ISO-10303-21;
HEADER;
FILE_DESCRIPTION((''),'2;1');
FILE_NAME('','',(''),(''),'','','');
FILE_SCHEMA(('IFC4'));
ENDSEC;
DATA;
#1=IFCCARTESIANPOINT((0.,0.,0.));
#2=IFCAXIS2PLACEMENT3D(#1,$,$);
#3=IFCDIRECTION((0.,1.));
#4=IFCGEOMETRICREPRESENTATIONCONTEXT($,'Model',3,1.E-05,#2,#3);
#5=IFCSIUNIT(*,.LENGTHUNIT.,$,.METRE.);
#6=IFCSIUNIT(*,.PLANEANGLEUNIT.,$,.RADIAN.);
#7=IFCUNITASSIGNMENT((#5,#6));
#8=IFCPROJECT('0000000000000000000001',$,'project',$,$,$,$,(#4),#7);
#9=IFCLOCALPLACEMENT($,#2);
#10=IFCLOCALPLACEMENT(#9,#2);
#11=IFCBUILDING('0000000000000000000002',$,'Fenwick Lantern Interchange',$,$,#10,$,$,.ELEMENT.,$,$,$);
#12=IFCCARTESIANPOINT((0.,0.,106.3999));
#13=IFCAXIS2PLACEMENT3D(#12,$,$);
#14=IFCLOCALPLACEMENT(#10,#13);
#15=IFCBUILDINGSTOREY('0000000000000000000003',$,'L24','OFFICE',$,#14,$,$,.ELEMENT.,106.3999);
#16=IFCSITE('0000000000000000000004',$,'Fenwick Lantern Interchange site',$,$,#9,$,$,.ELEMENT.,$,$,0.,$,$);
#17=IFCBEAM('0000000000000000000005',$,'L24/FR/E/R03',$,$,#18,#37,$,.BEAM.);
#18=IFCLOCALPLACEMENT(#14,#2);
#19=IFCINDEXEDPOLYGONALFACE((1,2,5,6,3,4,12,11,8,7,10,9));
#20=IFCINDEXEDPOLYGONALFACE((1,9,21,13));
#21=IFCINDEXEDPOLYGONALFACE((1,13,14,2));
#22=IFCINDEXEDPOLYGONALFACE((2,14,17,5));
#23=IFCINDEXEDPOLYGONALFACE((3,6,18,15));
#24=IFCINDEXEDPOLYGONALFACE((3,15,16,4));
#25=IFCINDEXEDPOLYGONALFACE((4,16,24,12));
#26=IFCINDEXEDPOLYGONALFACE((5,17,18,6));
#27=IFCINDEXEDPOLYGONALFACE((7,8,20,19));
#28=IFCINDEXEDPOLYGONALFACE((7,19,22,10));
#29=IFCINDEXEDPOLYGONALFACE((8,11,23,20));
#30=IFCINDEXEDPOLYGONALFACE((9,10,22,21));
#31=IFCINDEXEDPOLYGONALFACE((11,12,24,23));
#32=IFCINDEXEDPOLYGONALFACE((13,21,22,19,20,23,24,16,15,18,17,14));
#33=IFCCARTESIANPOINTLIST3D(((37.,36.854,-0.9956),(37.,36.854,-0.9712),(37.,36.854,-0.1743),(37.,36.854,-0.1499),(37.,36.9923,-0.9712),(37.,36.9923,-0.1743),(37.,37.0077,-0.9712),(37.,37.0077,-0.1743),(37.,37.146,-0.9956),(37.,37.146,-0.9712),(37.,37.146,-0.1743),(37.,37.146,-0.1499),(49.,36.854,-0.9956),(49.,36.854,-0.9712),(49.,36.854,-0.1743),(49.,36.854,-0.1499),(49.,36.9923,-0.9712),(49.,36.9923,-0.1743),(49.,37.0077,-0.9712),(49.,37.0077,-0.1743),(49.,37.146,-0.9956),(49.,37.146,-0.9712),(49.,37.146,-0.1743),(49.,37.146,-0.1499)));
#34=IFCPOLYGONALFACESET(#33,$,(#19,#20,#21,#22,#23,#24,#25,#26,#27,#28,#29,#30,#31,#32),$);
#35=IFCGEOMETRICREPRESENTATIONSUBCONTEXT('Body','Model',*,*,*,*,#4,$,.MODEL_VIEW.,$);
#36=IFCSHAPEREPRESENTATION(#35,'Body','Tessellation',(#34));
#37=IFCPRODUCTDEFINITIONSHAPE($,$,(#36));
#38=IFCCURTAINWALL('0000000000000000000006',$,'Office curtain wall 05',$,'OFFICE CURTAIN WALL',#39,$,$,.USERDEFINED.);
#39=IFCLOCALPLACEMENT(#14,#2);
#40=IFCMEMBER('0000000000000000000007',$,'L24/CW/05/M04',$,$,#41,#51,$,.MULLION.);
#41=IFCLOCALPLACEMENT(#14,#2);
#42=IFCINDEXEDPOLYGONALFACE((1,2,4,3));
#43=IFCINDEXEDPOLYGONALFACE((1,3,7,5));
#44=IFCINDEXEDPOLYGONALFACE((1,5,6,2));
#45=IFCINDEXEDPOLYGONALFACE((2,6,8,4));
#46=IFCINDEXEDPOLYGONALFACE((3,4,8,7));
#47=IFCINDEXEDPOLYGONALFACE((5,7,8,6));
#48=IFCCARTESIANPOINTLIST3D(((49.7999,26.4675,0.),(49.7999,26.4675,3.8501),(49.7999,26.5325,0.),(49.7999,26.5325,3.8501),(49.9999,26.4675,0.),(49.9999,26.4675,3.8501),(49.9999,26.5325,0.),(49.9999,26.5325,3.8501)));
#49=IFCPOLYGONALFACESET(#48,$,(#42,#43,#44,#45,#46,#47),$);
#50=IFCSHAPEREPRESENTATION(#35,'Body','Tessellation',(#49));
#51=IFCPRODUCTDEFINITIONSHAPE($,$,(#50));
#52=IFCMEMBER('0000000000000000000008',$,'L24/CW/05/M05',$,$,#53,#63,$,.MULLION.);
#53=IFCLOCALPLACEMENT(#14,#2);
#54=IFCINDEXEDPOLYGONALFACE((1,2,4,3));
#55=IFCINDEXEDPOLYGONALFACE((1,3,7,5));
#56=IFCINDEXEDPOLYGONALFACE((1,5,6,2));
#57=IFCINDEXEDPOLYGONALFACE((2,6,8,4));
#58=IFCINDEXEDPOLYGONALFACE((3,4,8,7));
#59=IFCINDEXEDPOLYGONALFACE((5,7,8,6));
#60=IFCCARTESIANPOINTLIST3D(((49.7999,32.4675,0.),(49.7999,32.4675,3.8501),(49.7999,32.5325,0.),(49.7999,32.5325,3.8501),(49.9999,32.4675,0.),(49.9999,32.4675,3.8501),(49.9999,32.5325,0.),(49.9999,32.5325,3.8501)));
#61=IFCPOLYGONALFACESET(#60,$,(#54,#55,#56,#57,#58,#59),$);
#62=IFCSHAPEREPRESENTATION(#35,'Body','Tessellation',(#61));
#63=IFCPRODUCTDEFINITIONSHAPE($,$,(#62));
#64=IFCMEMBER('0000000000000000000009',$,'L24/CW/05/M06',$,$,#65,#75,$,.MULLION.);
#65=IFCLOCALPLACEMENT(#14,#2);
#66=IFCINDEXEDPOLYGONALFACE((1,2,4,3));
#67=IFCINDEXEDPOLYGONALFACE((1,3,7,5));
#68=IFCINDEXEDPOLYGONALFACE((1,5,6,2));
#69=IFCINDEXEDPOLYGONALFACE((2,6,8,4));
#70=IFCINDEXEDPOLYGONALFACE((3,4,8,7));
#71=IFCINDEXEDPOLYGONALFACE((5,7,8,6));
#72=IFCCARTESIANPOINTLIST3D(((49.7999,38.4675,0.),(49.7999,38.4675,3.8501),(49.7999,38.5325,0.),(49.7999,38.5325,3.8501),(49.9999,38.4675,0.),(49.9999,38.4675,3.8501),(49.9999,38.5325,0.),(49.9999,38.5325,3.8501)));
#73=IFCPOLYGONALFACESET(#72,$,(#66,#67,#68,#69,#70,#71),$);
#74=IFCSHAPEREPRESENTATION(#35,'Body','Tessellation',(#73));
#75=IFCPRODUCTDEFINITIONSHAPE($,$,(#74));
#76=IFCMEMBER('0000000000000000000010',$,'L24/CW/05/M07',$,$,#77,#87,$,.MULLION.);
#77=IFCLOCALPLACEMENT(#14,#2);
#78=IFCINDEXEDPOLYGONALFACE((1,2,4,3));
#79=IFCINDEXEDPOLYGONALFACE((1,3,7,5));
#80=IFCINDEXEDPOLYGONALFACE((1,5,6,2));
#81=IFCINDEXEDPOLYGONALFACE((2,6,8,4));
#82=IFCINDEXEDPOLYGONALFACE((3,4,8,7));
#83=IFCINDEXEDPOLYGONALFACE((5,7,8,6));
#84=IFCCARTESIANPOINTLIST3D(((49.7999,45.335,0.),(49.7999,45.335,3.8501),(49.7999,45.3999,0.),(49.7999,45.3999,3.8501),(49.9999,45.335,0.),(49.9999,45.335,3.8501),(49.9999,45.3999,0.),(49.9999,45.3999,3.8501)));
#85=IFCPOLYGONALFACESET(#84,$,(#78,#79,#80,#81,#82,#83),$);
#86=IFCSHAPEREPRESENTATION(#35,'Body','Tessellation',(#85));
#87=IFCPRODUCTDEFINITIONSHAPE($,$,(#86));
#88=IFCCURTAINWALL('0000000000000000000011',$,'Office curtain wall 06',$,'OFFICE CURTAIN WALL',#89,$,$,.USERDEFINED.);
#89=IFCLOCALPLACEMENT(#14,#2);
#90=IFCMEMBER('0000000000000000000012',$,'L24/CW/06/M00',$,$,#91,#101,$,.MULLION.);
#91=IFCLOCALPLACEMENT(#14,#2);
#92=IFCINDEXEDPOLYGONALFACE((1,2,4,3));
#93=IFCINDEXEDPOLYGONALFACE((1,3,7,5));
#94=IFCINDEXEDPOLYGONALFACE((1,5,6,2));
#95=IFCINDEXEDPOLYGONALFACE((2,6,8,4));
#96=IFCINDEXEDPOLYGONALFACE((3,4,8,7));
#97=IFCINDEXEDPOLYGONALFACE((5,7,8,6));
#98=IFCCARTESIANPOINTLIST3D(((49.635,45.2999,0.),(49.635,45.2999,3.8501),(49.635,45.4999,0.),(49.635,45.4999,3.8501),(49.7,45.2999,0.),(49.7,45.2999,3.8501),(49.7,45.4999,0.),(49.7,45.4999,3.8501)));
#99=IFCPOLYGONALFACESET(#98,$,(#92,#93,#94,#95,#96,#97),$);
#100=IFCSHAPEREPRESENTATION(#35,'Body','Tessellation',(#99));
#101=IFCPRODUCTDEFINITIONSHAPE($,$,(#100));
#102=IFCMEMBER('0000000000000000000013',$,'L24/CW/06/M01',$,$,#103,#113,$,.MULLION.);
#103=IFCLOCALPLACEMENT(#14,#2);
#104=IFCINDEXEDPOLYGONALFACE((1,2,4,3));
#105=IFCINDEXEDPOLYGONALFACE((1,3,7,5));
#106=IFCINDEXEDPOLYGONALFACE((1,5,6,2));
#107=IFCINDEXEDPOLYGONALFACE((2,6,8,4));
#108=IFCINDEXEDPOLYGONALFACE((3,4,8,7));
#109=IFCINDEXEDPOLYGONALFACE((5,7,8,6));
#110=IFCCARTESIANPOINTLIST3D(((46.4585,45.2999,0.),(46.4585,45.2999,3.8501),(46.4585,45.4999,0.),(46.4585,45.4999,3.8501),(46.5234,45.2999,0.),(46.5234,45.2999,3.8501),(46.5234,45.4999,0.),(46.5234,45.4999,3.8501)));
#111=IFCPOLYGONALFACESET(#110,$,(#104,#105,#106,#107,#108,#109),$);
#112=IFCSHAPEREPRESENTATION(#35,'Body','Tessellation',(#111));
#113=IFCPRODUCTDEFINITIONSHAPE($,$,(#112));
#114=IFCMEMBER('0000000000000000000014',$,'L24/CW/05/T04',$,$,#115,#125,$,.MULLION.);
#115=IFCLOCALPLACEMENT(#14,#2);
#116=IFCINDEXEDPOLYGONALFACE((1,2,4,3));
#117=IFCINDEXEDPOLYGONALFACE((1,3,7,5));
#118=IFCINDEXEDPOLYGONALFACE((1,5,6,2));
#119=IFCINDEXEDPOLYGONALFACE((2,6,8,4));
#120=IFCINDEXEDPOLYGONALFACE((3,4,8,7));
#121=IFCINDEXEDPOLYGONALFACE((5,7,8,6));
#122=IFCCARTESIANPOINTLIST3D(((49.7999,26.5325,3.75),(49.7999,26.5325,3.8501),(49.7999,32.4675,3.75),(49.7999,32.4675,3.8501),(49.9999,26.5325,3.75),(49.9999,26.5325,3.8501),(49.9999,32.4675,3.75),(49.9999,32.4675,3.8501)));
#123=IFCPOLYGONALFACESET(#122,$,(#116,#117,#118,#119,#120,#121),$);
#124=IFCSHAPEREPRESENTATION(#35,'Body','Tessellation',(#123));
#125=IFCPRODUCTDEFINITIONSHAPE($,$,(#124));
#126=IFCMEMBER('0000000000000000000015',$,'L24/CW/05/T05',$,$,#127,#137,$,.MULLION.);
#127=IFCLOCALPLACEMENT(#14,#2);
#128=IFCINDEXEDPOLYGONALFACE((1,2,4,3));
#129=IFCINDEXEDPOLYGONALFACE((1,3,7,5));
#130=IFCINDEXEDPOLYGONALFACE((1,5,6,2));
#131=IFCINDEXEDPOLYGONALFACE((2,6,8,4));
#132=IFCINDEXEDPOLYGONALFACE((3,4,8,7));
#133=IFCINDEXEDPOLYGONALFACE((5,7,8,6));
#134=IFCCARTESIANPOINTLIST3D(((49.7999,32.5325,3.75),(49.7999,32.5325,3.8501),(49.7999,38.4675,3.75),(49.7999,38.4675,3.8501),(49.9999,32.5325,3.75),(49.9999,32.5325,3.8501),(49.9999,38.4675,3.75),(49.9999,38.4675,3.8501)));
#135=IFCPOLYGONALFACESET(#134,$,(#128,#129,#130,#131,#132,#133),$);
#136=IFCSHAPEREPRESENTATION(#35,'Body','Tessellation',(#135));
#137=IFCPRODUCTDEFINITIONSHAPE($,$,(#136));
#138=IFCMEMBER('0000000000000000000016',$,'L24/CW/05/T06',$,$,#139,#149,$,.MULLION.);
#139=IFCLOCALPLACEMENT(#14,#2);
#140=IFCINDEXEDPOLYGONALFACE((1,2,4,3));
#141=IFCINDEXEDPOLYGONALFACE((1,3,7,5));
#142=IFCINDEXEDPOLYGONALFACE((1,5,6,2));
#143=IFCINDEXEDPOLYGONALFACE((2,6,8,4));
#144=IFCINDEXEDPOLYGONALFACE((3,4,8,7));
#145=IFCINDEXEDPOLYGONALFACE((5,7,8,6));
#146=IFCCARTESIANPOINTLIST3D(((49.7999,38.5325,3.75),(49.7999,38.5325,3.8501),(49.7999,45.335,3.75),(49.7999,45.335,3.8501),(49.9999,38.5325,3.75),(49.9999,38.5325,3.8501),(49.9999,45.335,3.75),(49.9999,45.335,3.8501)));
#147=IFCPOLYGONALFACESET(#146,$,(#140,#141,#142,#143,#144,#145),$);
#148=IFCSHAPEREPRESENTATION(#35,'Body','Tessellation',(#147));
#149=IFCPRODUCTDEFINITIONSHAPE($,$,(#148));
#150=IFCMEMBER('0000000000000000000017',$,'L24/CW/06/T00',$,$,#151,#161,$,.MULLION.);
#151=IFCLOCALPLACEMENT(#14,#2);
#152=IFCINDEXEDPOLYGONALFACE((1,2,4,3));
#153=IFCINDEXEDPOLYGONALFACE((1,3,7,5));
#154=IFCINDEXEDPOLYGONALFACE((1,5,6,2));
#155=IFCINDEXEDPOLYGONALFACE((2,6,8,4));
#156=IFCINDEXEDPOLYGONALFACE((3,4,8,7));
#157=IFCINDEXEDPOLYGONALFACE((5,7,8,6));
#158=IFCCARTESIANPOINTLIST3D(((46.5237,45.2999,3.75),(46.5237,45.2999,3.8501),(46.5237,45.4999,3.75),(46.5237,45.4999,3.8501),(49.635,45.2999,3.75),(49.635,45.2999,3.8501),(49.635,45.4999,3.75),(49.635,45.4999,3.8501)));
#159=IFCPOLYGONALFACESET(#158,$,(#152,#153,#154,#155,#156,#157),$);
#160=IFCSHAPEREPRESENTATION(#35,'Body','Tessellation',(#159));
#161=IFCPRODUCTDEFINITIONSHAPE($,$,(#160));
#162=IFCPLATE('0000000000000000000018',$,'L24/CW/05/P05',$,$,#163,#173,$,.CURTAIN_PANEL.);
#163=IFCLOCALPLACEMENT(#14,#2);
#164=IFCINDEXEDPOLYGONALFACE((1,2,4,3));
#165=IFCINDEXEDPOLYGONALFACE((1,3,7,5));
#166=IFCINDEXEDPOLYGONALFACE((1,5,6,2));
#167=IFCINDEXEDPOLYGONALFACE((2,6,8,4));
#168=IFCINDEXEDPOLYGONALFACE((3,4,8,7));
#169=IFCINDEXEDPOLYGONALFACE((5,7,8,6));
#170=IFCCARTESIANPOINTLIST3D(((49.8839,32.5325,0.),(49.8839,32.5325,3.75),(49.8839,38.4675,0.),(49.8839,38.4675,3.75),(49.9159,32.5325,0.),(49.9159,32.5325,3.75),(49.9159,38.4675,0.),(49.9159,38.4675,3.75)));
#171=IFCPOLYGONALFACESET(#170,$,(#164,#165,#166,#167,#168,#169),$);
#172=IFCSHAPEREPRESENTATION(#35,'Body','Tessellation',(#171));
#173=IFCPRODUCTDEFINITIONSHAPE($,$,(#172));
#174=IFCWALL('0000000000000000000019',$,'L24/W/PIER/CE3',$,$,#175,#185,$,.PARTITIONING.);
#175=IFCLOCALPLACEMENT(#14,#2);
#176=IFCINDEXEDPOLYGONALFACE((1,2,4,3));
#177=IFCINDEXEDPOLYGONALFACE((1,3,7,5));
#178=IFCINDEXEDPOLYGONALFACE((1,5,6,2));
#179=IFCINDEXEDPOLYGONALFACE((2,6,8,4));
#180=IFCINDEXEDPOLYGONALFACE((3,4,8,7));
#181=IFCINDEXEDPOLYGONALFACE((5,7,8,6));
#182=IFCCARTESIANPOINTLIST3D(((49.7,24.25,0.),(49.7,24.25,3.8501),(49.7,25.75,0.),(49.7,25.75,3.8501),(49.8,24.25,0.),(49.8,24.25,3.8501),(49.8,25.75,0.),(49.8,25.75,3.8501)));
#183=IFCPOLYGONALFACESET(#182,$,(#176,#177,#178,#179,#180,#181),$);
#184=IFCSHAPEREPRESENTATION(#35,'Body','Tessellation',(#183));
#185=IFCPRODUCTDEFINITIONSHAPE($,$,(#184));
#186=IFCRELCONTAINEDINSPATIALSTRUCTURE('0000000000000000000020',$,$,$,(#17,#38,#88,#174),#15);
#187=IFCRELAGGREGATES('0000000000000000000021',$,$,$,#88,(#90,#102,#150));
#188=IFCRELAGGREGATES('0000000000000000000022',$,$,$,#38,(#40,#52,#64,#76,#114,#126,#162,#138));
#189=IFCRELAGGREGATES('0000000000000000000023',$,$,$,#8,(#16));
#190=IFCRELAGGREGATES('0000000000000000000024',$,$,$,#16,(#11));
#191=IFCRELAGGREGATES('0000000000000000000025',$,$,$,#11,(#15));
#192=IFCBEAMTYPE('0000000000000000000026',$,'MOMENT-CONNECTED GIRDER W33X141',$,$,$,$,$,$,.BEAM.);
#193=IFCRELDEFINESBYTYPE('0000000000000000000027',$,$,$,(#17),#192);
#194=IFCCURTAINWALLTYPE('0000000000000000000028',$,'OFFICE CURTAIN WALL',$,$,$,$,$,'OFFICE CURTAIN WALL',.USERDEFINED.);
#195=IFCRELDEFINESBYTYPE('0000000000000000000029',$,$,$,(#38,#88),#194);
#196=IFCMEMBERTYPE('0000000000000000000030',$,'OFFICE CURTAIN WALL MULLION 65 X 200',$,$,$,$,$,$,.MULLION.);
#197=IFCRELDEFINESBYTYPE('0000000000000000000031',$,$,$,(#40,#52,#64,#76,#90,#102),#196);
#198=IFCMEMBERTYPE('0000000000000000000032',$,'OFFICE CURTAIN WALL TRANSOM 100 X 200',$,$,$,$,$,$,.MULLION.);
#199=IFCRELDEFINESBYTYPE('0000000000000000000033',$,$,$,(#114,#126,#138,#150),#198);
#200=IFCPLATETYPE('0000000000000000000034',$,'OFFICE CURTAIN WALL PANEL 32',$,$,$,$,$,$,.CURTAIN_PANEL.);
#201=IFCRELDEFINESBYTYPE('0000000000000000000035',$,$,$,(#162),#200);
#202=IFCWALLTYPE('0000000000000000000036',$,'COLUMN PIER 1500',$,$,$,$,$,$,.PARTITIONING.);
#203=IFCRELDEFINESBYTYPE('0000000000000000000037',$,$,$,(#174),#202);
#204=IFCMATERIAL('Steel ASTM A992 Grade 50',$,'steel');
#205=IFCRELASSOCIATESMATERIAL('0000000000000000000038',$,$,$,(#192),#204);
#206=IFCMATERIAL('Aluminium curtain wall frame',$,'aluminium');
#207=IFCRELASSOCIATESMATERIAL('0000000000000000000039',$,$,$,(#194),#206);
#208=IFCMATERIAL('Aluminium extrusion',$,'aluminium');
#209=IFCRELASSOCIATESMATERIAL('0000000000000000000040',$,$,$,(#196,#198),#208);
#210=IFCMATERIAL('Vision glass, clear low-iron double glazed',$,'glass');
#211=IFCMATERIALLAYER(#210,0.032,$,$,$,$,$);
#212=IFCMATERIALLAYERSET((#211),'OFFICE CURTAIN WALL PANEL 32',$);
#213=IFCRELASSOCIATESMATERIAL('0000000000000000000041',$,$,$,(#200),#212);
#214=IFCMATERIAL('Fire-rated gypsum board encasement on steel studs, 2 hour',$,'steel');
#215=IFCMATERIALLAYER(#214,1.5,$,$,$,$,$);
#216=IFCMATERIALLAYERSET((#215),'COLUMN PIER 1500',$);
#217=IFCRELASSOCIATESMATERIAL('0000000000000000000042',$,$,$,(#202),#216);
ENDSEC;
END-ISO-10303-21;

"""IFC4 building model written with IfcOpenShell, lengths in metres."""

from ifc_helpers import new_model, si_unit, direction, frame, frame_2d, origin, origin_2d, place, context, subcontext, project, spatial, rectangle, i_section, extrude, material, layer, layer_set, material_profile, profile_set, type_object, element, aggregate, save


model = new_model("IFC4")

# Units and contexts
model_context = context("Model", 3, precision=1e-05, world=origin(), true_north=direction((0.0, 1.0)))
body_context = subcontext(model_context, "Body", "Model", "MODEL_VIEW")
ifc_project = project(units=[si_unit("LENGTHUNIT", "METRE"), si_unit("PLANEANGLEUNIT", "RADIAN")], contexts=[model_context])

# Site, building, storey
site_placement = place(None, origin())
site = spatial("IfcSite", under=ifc_project, at=site_placement, Name="Fenwick Lantern Interchange site", CompositionType="ELEMENT", RefElevation=0.0)
building_placement = place(site_placement, origin())
building = spatial("IfcBuilding", under=site, at=building_placement, Name="Fenwick Lantern Interchange", CompositionType="ELEMENT")
storey_placement = place(building_placement, frame((0.0, 0.0, 106.3999)))
storey = spatial("IfcBuildingStorey", under=building, at=storey_placement, Name="L24", Description="OFFICE", CompositionType="ELEMENT", Elevation=106.3999)

# Shared definitions
ifc_material_1 = material(Name="Steel ASTM A992 Grade 50", Category="steel")

# Beam
ifc_material_profile_1 = material_profile(ifc_material_1, i_section(OverallWidth=0.292, OverallDepth=0.8457, WebThickness=0.0154, FlangeThickness=0.0244, at=origin_2d()), Name="W33X141")
ifc_profile_set_1 = profile_set([ifc_material_profile_1], Name="Steel ASTM A992 Grade 50")
beam_type_1 = type_object("IfcBeamType", Name="MOMENT-CONNECTED GIRDER W33X141", PredefinedType="BEAM", material=ifc_profile_set_1)
beam_1_placement = place(storey_placement, frame((49.0, 37.0, -0.5728), z_axis=(-1.0, 0.0, 0.0), x_axis=(0.0, -1.0, 0.0)))
element("IfcBeam", 1, at=beam_1_placement, inside=storey, type_object=beam_type_1, Name="L24/FR/E/R03", PredefinedType="BEAM", context=body_context, shape_type="SweptSolid", body=[
    extrude(i_section(OverallWidth=0.292, OverallDepth=0.8457, WebThickness=0.0154, FlangeThickness=0.0244, at=origin_2d()), origin(), (0.0, 0.0, 1.0), 12.0),
])

# Curtain walls, members
ifc_material_2 = material(Name="Aluminium curtain wall frame", Category="aluminium")
curtain_wall_type = type_object("IfcCurtainWallType", Name="OFFICE CURTAIN WALL", ElementType="OFFICE CURTAIN WALL", PredefinedType="USERDEFINED", material=ifc_material_2)
curtain_wall_1_placement = place(storey_placement, origin())
curtain_wall_1 = element("IfcCurtainWall", 2, at=curtain_wall_1_placement, inside=storey, type_object=curtain_wall_type, Name="Office curtain wall 05", ObjectType="OFFICE CURTAIN WALL", PredefinedType="USERDEFINED")
ifc_material_3 = material(Name="Aluminium extrusion", Category="aluminium")
ifc_material_profile_2 = material_profile(ifc_material_3, rectangle(XDim=0.2, YDim=0.0649, at=origin_2d()), Name="OFFICE CURTAIN WALL MULLION 65 X 200")
ifc_profile_set_2 = profile_set([ifc_material_profile_2], Name="Aluminium extrusion")
member_type_1 = type_object("IfcMemberType", Name="OFFICE CURTAIN WALL MULLION 65 X 200", PredefinedType="MULLION", material=ifc_profile_set_2)
member_1_placement = place(storey_placement, frame((49.8999, 26.5, 0.0), z_axis=(0.0, 0.0, 1.0), x_axis=(-1.0, 0.0, 0.0)))
member_1 = element("IfcMember", 3, at=member_1_placement, type_object=member_type_1, Name="L24/CW/05/M04", PredefinedType="MULLION", context=body_context, shape_type="SweptSolid", body=[
    extrude(rectangle(XDim=0.2, YDim=0.0649, at=origin_2d()), origin(), (0.0, 0.0, 1.0), 3.8501),
])
member_2_placement = place(storey_placement, frame((49.8999, 32.5, 0.0), z_axis=(0.0, 0.0, 1.0), x_axis=(-1.0, 0.0, 0.0)))
member_2 = element("IfcMember", 4, at=member_2_placement, type_object=member_type_1, Name="L24/CW/05/M05", PredefinedType="MULLION", context=body_context, shape_type="SweptSolid", body=[
    extrude(rectangle(XDim=0.2, YDim=0.0649, at=origin_2d()), origin(), (0.0, 0.0, 1.0), 3.8501),
])
member_3_placement = place(storey_placement, frame((49.8999, 38.5, 0.0), z_axis=(0.0, 0.0, 1.0), x_axis=(-1.0, 0.0, 0.0)))
member_3 = element("IfcMember", 5, at=member_3_placement, type_object=member_type_1, Name="L24/CW/05/M06", PredefinedType="MULLION", context=body_context, shape_type="SweptSolid", body=[
    extrude(rectangle(XDim=0.2, YDim=0.0649, at=origin_2d()), origin(), (0.0, 0.0, 1.0), 3.8501),
])
member_4_placement = place(storey_placement, frame((49.8999, 45.3674, 0.0), z_axis=(0.0, 0.0, 1.0), x_axis=(-1.0, 0.0, 0.0)))
member_4 = element("IfcMember", 6, at=member_4_placement, type_object=member_type_1, Name="L24/CW/05/M07", PredefinedType="MULLION", context=body_context, shape_type="SweptSolid", body=[
    extrude(rectangle(XDim=0.2, YDim=0.0649, at=origin_2d()), origin(), (0.0, 0.0, 1.0), 3.8501),
])
curtain_wall_2_placement = place(storey_placement, origin())
curtain_wall_2 = element("IfcCurtainWall", 7, at=curtain_wall_2_placement, inside=storey, type_object=curtain_wall_type, Name="Office curtain wall 06", ObjectType="OFFICE CURTAIN WALL", PredefinedType="USERDEFINED")
member_5_placement = place(storey_placement, frame((49.6675, 45.3999, 0.0), z_axis=(0.0, 0.0, 1.0), x_axis=(0.0, -1.0, 0.0)))
member_5 = element("IfcMember", 8, at=member_5_placement, type_object=member_type_1, Name="L24/CW/06/M00", PredefinedType="MULLION", context=body_context, shape_type="SweptSolid", body=[
    extrude(rectangle(XDim=0.2, YDim=0.0649, at=origin_2d()), origin(), (0.0, 0.0, 1.0), 3.8501),
])
member_6_placement = place(storey_placement, frame((46.491, 45.3999, 0.0), z_axis=(0.0, 0.0, 1.0), x_axis=(0.0, -1.0, 0.0)))
member_6 = element("IfcMember", 9, at=member_6_placement, type_object=member_type_1, Name="L24/CW/06/M01", PredefinedType="MULLION", context=body_context, shape_type="SweptSolid", body=[
    extrude(rectangle(XDim=0.2, YDim=0.0649, at=origin_2d()), origin(), (0.0, 0.0, 1.0), 3.8501),
])

# Members
ifc_material_profile_3 = material_profile(ifc_material_3, rectangle(XDim=0.2, YDim=0.1001, at=origin_2d()), Name="OFFICE CURTAIN WALL TRANSOM 100 X 200")
ifc_profile_set_3 = profile_set([ifc_material_profile_3], Name="Aluminium extrusion")
member_type_2 = type_object("IfcMemberType", Name="OFFICE CURTAIN WALL TRANSOM 100 X 200", PredefinedType="MULLION", material=ifc_profile_set_3)
member_7_placement = place(storey_placement, frame((49.8999, 26.5325, 3.8), z_axis=(0.0, 1.0, 0.0), x_axis=(-1.0, 0.0, 0.0)))
member_7 = element("IfcMember", 10, at=member_7_placement, type_object=member_type_2, Name="L24/CW/05/T04", PredefinedType="MULLION", context=body_context, shape_type="SweptSolid", body=[
    extrude(rectangle(XDim=0.2, YDim=0.1001, at=origin_2d()), origin(), (0.0, 0.0, 1.0), 5.9351),
])
member_8_placement = place(storey_placement, frame((49.8999, 32.5325, 3.8), z_axis=(0.0, 1.0, 0.0), x_axis=(-1.0, 0.0, 0.0)))
member_8 = element("IfcMember", 11, at=member_8_placement, type_object=member_type_2, Name="L24/CW/05/T05", PredefinedType="MULLION", context=body_context, shape_type="SweptSolid", body=[
    extrude(rectangle(XDim=0.2, YDim=0.1001, at=origin_2d()), origin(), (0.0, 0.0, 1.0), 5.9351),
])
member_9_placement = place(storey_placement, frame((49.8999, 38.5325, 3.8), z_axis=(0.0, 1.0, 0.0), x_axis=(-1.0, 0.0, 0.0)))
member_9 = element("IfcMember", 12, at=member_9_placement, type_object=member_type_2, Name="L24/CW/05/T06", PredefinedType="MULLION", context=body_context, shape_type="SweptSolid", body=[
    extrude(rectangle(XDim=0.2, YDim=0.1001, at=origin_2d()), origin(), (0.0, 0.0, 1.0), 6.8025),
])
member_10_placement = place(storey_placement, frame((49.635, 45.3999, 3.8), z_axis=(-1.0, 0.0, 0.0), x_axis=(0.0, -1.0, 0.0)))
member_10 = element("IfcMember", 13, at=member_10_placement, type_object=member_type_2, Name="L24/CW/06/T00", PredefinedType="MULLION", context=body_context, shape_type="SweptSolid", body=[
    extrude(rectangle(XDim=0.2, YDim=0.1001, at=origin_2d()), origin(), (0.0, 0.0, 1.0), 3.1113),
])
aggregate(curtain_wall_2, [member_5, member_6, member_10])

# Plate
ifc_material_4 = material(Name="Vision glass, clear low-iron double glazed", Category="glass")
ifc_layer_1 = layer(ifc_material_4, 0.032)
ifc_layer_set_1 = layer_set([ifc_layer_1], Name="OFFICE CURTAIN WALL PANEL 32")
plate_type = type_object("IfcPlateType", Name="OFFICE CURTAIN WALL PANEL 32", PredefinedType="CURTAIN_PANEL", material=ifc_layer_set_1)
plate_placement = place(storey_placement, frame((49.8999, 35.5, 0.0), z_axis=(0.0, 0.0, 1.0), x_axis=(0.0, 1.0, 0.0)))
plate = element("IfcPlate", 14, at=plate_placement, type_object=plate_type, Name="L24/CW/05/P05", PredefinedType="CURTAIN_PANEL", context=body_context, shape_type="SweptSolid", body=[
    extrude(rectangle(XDim=5.9351, YDim=0.032, at=origin_2d()), origin(), (0.0, 0.0, 1.0), 3.75),
])
aggregate(curtain_wall_1, [member_1, member_2, member_3, member_4, member_7, member_8, plate, member_9])

# Wall
ifc_material_5 = material(Name="Fire-rated gypsum board encasement on steel studs, 2 hour", Category="steel")
ifc_layer_2 = layer(ifc_material_5, 1.5)
ifc_layer_set_2 = layer_set([ifc_layer_2], Name="COLUMN PIER 1500")
wall_type_1 = type_object("IfcWallType", Name="COLUMN PIER 1500", PredefinedType="PARTITIONING", material=ifc_layer_set_2)
wall_1_placement = place(storey_placement, frame((49.8, 25.0, 0.0), z_axis=(0.0, 0.0, 1.0), x_axis=(-1.0, 0.0, 0.0)))
element("IfcWall", 15, at=wall_1_placement, inside=storey, type_object=wall_type_1, Name="L24/W/PIER/CE3", PredefinedType="PARTITIONING", context=body_context, shape_type="SweptSolid", body=[
    extrude(rectangle(XDim=0.1001, YDim=1.5, at=frame_2d((0.05, 0.0))), origin(), (0.0, 0.0, 1.0), 3.8501),
])

save(model, "model.ifc")
